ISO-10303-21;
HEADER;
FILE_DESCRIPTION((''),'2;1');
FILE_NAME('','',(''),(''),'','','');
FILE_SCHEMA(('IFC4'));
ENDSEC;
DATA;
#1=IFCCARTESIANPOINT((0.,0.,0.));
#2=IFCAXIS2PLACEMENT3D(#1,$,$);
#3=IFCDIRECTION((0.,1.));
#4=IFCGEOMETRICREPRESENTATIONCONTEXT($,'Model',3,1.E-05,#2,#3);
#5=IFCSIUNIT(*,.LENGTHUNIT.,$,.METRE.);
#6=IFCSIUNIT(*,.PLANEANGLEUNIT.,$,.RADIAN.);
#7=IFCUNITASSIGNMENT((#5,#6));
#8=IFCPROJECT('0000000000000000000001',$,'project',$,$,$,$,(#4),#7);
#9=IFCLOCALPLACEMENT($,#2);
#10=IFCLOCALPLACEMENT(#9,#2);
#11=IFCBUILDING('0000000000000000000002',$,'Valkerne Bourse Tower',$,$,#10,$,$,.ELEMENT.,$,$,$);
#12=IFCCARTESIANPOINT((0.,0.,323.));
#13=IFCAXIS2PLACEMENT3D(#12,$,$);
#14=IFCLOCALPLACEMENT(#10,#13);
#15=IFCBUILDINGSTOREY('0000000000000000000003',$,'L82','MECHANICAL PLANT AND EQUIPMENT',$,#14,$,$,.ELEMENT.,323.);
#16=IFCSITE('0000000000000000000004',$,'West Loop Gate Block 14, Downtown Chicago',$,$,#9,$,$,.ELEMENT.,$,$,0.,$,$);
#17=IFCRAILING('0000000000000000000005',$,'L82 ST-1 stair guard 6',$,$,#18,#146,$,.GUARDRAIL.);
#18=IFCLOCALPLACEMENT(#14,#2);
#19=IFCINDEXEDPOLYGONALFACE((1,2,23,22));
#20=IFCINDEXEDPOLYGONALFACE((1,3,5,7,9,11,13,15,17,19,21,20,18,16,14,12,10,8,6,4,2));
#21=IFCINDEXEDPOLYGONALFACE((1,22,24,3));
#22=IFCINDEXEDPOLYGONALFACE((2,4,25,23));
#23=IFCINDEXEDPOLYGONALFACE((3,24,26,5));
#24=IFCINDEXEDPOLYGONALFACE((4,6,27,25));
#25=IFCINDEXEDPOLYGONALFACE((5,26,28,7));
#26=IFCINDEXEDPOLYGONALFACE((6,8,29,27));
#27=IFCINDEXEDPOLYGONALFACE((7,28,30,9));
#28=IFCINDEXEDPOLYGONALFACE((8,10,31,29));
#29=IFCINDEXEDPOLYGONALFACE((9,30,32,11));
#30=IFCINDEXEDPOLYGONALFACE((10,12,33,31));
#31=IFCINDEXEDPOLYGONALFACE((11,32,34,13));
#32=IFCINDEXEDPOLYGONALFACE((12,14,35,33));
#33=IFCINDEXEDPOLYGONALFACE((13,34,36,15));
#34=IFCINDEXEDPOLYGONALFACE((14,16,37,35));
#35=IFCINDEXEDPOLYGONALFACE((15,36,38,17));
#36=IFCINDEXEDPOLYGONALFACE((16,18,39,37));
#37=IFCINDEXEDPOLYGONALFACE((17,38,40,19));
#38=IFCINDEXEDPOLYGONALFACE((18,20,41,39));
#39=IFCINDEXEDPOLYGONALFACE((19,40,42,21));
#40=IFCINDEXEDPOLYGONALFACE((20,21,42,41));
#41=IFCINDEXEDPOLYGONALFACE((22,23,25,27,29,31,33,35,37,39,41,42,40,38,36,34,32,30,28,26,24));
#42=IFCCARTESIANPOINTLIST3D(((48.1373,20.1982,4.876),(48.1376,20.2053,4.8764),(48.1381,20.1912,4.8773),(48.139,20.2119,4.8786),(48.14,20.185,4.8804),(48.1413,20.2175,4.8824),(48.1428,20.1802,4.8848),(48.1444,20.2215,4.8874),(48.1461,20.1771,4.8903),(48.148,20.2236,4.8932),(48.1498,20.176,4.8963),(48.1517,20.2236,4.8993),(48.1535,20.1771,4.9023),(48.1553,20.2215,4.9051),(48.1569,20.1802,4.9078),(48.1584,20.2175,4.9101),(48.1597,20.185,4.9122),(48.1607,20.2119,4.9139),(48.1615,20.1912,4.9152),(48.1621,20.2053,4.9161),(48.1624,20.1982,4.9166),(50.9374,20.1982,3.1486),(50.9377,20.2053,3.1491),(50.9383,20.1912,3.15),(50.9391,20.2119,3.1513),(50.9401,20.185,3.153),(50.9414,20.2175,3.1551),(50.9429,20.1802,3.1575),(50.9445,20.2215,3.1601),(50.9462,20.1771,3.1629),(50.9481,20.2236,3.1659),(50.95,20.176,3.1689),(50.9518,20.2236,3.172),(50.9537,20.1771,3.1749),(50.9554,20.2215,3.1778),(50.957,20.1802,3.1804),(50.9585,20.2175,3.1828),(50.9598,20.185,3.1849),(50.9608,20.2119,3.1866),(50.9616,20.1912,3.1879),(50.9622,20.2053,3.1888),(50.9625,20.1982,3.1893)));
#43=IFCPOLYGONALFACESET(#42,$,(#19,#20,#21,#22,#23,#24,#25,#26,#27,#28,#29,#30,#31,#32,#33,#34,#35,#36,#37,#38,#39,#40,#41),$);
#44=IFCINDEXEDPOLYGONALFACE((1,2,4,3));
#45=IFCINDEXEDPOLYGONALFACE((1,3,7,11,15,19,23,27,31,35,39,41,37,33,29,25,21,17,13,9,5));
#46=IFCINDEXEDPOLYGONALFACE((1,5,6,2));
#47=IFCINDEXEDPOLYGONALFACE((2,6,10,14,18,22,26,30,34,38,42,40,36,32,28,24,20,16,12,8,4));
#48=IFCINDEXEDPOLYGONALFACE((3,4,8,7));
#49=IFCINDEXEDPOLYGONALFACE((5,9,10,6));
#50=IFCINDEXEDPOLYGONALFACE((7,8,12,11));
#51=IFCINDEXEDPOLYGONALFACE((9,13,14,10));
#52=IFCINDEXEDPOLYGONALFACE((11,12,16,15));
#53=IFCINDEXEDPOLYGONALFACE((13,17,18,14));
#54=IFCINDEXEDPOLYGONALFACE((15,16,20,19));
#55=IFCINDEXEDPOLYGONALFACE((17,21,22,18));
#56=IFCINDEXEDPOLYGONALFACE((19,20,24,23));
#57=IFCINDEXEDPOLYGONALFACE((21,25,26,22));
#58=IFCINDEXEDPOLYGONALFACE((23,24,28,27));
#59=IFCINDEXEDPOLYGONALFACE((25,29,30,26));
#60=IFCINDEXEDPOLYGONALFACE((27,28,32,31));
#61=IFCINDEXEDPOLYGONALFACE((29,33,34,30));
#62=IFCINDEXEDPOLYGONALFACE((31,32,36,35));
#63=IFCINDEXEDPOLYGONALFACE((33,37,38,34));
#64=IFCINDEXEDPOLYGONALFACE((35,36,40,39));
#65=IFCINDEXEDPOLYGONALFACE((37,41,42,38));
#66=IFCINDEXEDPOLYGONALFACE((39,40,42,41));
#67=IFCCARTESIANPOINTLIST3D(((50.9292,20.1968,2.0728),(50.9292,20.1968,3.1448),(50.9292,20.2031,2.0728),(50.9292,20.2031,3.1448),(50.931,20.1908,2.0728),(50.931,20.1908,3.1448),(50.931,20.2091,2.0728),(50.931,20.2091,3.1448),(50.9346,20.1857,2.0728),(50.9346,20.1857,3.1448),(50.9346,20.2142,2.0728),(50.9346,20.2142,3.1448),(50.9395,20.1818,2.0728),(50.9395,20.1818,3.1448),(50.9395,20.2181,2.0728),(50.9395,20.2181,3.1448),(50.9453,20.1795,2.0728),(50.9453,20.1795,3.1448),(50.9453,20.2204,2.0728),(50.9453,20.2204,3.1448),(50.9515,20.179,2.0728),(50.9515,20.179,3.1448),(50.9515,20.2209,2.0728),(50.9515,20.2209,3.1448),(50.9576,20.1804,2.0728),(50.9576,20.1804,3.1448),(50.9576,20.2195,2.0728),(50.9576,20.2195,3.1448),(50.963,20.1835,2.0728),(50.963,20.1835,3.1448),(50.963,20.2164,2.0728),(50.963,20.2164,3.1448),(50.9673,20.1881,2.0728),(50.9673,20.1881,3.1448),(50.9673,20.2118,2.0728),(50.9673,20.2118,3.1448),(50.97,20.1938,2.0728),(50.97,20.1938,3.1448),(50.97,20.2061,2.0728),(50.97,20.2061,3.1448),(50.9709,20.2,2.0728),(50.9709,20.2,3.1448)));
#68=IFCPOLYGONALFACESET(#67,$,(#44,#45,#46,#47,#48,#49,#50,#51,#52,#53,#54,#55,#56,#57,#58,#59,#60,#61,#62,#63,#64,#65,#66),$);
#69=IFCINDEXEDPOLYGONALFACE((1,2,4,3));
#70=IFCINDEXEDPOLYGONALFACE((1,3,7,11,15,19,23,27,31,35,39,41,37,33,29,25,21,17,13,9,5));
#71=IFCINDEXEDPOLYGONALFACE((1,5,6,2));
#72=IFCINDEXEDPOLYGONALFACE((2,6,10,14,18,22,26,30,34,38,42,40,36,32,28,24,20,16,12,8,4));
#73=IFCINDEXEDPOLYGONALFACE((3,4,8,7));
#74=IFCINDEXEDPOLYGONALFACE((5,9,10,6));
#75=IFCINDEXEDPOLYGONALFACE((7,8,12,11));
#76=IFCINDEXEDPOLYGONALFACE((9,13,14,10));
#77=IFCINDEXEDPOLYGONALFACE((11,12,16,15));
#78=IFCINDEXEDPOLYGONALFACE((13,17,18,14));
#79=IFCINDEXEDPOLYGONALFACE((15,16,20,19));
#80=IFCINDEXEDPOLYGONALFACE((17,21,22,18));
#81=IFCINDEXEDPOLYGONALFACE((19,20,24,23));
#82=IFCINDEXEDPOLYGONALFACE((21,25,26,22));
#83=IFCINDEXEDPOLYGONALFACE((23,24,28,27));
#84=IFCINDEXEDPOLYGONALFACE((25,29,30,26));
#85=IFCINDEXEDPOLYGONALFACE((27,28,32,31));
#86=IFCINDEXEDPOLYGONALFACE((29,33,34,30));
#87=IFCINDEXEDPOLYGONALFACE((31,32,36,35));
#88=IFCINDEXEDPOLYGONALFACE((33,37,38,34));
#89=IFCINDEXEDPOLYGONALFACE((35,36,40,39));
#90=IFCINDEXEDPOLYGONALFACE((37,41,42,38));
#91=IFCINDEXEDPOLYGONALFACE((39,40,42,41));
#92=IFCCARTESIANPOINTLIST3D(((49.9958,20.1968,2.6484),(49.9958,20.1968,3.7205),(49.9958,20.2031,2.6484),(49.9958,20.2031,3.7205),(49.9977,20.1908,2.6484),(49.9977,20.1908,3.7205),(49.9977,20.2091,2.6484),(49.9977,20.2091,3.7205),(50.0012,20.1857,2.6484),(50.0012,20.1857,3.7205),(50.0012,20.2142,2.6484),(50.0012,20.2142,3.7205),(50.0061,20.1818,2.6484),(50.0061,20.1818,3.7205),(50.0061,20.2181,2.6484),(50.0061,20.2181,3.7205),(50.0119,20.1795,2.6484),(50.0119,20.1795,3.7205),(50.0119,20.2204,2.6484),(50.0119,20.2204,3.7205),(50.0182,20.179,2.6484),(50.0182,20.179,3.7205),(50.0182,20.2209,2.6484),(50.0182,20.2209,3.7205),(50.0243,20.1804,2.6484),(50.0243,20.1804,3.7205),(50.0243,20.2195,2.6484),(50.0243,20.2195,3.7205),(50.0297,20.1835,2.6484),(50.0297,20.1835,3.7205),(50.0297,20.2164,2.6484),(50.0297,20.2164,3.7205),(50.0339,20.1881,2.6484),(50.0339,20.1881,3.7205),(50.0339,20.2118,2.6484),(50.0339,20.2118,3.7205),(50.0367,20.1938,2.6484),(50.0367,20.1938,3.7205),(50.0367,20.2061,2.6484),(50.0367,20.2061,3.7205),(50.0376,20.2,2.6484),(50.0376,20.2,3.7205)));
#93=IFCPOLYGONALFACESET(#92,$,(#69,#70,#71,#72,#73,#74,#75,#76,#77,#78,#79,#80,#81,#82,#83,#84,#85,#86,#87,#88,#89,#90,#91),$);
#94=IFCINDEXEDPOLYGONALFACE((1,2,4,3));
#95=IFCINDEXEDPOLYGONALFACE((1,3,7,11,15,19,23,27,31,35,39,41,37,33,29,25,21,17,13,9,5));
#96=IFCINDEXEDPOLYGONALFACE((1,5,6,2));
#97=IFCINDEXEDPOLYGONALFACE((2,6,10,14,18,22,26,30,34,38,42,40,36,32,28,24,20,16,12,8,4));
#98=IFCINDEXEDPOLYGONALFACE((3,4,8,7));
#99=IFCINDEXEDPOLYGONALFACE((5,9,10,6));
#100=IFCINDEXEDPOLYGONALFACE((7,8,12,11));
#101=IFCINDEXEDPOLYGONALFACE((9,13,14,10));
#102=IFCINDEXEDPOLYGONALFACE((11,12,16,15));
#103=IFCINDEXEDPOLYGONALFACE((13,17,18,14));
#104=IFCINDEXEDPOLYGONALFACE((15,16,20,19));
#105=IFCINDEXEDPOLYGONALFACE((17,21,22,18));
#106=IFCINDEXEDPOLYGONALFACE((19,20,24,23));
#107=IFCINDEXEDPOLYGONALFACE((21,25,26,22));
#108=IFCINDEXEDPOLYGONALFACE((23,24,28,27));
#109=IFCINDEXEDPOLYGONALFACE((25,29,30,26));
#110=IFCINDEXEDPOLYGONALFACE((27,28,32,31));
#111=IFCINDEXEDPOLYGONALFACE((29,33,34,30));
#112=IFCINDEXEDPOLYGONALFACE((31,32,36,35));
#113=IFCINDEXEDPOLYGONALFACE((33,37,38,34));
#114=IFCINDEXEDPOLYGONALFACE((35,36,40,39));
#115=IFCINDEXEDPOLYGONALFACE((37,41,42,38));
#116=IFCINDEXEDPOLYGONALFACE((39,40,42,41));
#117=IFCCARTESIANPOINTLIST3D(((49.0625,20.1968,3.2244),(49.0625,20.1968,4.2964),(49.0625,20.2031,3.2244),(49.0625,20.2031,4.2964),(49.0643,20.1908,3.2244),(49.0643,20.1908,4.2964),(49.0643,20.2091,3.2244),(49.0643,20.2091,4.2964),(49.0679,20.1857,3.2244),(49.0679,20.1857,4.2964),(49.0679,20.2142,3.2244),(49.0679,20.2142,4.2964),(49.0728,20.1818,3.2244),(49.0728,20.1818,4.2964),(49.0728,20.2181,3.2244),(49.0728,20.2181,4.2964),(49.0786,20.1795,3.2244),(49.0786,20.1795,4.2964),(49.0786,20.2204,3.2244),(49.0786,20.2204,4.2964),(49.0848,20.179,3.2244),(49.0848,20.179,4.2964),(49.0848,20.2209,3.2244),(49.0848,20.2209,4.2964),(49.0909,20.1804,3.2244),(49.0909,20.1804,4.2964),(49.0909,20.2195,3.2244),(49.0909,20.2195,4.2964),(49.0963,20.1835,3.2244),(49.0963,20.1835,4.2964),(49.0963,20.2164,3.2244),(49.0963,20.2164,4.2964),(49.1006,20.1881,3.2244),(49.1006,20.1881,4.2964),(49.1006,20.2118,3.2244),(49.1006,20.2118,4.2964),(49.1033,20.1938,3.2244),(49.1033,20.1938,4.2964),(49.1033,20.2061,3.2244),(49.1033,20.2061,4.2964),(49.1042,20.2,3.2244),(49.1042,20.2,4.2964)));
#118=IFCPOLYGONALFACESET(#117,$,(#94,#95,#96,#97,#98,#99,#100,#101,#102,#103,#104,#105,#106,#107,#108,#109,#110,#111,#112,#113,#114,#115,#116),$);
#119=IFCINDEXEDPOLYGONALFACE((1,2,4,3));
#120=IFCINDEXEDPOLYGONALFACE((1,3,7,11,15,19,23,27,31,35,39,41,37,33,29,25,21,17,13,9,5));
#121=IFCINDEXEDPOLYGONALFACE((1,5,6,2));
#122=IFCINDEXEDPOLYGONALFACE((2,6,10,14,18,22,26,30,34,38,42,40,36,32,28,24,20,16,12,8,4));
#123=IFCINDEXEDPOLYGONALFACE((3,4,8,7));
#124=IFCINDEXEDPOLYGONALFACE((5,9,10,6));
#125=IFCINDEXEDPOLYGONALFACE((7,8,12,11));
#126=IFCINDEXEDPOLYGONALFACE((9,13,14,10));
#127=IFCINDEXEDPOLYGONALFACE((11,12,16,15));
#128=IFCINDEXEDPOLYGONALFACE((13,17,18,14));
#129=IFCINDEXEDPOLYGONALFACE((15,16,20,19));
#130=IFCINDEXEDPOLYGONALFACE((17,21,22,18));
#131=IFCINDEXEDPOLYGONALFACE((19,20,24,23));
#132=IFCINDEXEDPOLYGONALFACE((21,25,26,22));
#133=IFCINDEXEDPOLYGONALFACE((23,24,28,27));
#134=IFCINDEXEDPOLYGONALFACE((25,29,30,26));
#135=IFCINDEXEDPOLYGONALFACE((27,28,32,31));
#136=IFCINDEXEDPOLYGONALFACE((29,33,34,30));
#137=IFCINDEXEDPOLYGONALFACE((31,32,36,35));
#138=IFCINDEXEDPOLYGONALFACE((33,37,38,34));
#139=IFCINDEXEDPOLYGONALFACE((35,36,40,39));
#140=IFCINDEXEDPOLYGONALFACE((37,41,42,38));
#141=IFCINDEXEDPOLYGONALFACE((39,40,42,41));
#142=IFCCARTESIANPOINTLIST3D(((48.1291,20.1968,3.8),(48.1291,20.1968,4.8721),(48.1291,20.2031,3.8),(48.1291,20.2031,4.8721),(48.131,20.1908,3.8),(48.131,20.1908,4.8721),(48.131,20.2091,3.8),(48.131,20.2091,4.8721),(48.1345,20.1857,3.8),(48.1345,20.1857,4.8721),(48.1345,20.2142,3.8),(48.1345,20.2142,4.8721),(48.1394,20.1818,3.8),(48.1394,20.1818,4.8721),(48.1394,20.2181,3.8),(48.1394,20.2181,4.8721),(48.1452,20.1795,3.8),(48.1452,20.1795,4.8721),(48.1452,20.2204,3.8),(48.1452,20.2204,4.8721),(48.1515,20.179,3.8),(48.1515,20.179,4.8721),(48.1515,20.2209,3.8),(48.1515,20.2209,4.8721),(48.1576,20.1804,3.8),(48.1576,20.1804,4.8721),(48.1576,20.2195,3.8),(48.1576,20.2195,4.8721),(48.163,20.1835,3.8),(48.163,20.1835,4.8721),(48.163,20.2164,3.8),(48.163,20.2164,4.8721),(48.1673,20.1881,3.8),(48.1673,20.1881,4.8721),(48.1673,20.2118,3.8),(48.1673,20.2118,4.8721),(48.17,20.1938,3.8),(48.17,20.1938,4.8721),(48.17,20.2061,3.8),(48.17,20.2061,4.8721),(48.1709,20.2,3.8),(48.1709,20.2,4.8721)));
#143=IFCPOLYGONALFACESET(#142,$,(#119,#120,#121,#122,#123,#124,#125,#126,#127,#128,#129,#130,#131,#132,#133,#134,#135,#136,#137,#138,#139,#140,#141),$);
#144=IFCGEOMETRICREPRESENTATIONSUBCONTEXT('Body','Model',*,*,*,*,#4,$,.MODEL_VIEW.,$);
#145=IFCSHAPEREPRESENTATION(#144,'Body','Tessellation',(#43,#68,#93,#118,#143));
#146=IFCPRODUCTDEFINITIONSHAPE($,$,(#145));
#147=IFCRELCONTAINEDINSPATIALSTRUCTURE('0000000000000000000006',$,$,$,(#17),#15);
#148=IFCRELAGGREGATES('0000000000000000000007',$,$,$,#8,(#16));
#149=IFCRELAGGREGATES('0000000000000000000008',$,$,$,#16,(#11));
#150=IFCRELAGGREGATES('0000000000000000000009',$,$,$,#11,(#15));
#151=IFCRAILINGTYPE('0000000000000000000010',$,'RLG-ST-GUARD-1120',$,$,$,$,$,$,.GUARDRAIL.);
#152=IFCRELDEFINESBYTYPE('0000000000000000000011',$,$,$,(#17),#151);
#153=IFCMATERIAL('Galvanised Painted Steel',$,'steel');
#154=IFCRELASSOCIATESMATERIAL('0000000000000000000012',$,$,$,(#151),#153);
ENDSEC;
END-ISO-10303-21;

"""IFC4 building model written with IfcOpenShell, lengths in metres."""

from ifc_helpers import new_model, si_unit, direction, frame, origin, origin_2d, place, context, subcontext, project, spatial, circle, extrude, material, type_object, element, save


model = new_model("IFC4")

# Units and contexts
model_context = context("Model", 3, precision=1e-05, world=origin(), true_north=direction((0.0, 1.0)))
body_context = subcontext(model_context, "Body", "Model", "MODEL_VIEW")
ifc_project = project(units=[si_unit("LENGTHUNIT", "METRE"), si_unit("PLANEANGLEUNIT", "RADIAN")], contexts=[model_context])

# Site, building, storey
site_placement = place(None, origin())
site = spatial("IfcSite", under=ifc_project, at=site_placement, Name="West Loop Gate Block 14, Downtown Chicago", CompositionType="ELEMENT", RefElevation=0.0)
building_placement = place(site_placement, origin())
building = spatial("IfcBuilding", under=site, at=building_placement, Name="Valkerne Bourse Tower", CompositionType="ELEMENT")
storey_placement = place(building_placement, frame((0.0, 0.0, 323.0)))
storey = spatial("IfcBuildingStorey", under=building, at=storey_placement, Name="L82", Description="MECHANICAL PLANT AND EQUIPMENT", CompositionType="ELEMENT", Elevation=323.0)

# Railing
ifc_material_1 = material(Name="Galvanised Painted Steel", Category="steel")
railing_type_1 = type_object("IfcRailingType", Name="RLG-ST-GUARD-1120", PredefinedType="GUARDRAIL", material=ifc_material_1)
railing_1_placement = place(storey_placement, frame((50.95, 20.2, 2.0728)))
element("IfcRailing", 1, at=railing_1_placement, inside=storey, type_object=railing_type_1, Name="L82 ST-1 stair guard 6", PredefinedType="GUARDRAIL", context=body_context, shape_type="SweptSolid", body=[
    extrude(circle(Radius=0.0239, at=origin_2d()), frame((0.0, 0.0, 1.0962), z_axis=(-0.85109, 0.0, 0.52502), x_axis=(0.0, -1.0, 0.0)), (0.0, 0.0, 1.0), 3.29),
    extrude(circle(Radius=0.021, at=origin_2d()), origin(), (0.0, 0.0, 1.0), 1.072),
    extrude(circle(Radius=0.021, at=origin_2d()), frame((-0.9333, 0.0, 0.5757)), (0.0, 0.0, 1.0), 1.072),
    extrude(circle(Radius=0.021, at=origin_2d()), frame((-1.8667, 0.0, 1.1516)), (0.0, 0.0, 1.0), 1.072),
    extrude(circle(Radius=0.021, at=origin_2d()), frame((-2.8, 0.0, 1.7273)), (0.0, 0.0, 1.0), 1.072),
])

save(model, "model.ifc")
